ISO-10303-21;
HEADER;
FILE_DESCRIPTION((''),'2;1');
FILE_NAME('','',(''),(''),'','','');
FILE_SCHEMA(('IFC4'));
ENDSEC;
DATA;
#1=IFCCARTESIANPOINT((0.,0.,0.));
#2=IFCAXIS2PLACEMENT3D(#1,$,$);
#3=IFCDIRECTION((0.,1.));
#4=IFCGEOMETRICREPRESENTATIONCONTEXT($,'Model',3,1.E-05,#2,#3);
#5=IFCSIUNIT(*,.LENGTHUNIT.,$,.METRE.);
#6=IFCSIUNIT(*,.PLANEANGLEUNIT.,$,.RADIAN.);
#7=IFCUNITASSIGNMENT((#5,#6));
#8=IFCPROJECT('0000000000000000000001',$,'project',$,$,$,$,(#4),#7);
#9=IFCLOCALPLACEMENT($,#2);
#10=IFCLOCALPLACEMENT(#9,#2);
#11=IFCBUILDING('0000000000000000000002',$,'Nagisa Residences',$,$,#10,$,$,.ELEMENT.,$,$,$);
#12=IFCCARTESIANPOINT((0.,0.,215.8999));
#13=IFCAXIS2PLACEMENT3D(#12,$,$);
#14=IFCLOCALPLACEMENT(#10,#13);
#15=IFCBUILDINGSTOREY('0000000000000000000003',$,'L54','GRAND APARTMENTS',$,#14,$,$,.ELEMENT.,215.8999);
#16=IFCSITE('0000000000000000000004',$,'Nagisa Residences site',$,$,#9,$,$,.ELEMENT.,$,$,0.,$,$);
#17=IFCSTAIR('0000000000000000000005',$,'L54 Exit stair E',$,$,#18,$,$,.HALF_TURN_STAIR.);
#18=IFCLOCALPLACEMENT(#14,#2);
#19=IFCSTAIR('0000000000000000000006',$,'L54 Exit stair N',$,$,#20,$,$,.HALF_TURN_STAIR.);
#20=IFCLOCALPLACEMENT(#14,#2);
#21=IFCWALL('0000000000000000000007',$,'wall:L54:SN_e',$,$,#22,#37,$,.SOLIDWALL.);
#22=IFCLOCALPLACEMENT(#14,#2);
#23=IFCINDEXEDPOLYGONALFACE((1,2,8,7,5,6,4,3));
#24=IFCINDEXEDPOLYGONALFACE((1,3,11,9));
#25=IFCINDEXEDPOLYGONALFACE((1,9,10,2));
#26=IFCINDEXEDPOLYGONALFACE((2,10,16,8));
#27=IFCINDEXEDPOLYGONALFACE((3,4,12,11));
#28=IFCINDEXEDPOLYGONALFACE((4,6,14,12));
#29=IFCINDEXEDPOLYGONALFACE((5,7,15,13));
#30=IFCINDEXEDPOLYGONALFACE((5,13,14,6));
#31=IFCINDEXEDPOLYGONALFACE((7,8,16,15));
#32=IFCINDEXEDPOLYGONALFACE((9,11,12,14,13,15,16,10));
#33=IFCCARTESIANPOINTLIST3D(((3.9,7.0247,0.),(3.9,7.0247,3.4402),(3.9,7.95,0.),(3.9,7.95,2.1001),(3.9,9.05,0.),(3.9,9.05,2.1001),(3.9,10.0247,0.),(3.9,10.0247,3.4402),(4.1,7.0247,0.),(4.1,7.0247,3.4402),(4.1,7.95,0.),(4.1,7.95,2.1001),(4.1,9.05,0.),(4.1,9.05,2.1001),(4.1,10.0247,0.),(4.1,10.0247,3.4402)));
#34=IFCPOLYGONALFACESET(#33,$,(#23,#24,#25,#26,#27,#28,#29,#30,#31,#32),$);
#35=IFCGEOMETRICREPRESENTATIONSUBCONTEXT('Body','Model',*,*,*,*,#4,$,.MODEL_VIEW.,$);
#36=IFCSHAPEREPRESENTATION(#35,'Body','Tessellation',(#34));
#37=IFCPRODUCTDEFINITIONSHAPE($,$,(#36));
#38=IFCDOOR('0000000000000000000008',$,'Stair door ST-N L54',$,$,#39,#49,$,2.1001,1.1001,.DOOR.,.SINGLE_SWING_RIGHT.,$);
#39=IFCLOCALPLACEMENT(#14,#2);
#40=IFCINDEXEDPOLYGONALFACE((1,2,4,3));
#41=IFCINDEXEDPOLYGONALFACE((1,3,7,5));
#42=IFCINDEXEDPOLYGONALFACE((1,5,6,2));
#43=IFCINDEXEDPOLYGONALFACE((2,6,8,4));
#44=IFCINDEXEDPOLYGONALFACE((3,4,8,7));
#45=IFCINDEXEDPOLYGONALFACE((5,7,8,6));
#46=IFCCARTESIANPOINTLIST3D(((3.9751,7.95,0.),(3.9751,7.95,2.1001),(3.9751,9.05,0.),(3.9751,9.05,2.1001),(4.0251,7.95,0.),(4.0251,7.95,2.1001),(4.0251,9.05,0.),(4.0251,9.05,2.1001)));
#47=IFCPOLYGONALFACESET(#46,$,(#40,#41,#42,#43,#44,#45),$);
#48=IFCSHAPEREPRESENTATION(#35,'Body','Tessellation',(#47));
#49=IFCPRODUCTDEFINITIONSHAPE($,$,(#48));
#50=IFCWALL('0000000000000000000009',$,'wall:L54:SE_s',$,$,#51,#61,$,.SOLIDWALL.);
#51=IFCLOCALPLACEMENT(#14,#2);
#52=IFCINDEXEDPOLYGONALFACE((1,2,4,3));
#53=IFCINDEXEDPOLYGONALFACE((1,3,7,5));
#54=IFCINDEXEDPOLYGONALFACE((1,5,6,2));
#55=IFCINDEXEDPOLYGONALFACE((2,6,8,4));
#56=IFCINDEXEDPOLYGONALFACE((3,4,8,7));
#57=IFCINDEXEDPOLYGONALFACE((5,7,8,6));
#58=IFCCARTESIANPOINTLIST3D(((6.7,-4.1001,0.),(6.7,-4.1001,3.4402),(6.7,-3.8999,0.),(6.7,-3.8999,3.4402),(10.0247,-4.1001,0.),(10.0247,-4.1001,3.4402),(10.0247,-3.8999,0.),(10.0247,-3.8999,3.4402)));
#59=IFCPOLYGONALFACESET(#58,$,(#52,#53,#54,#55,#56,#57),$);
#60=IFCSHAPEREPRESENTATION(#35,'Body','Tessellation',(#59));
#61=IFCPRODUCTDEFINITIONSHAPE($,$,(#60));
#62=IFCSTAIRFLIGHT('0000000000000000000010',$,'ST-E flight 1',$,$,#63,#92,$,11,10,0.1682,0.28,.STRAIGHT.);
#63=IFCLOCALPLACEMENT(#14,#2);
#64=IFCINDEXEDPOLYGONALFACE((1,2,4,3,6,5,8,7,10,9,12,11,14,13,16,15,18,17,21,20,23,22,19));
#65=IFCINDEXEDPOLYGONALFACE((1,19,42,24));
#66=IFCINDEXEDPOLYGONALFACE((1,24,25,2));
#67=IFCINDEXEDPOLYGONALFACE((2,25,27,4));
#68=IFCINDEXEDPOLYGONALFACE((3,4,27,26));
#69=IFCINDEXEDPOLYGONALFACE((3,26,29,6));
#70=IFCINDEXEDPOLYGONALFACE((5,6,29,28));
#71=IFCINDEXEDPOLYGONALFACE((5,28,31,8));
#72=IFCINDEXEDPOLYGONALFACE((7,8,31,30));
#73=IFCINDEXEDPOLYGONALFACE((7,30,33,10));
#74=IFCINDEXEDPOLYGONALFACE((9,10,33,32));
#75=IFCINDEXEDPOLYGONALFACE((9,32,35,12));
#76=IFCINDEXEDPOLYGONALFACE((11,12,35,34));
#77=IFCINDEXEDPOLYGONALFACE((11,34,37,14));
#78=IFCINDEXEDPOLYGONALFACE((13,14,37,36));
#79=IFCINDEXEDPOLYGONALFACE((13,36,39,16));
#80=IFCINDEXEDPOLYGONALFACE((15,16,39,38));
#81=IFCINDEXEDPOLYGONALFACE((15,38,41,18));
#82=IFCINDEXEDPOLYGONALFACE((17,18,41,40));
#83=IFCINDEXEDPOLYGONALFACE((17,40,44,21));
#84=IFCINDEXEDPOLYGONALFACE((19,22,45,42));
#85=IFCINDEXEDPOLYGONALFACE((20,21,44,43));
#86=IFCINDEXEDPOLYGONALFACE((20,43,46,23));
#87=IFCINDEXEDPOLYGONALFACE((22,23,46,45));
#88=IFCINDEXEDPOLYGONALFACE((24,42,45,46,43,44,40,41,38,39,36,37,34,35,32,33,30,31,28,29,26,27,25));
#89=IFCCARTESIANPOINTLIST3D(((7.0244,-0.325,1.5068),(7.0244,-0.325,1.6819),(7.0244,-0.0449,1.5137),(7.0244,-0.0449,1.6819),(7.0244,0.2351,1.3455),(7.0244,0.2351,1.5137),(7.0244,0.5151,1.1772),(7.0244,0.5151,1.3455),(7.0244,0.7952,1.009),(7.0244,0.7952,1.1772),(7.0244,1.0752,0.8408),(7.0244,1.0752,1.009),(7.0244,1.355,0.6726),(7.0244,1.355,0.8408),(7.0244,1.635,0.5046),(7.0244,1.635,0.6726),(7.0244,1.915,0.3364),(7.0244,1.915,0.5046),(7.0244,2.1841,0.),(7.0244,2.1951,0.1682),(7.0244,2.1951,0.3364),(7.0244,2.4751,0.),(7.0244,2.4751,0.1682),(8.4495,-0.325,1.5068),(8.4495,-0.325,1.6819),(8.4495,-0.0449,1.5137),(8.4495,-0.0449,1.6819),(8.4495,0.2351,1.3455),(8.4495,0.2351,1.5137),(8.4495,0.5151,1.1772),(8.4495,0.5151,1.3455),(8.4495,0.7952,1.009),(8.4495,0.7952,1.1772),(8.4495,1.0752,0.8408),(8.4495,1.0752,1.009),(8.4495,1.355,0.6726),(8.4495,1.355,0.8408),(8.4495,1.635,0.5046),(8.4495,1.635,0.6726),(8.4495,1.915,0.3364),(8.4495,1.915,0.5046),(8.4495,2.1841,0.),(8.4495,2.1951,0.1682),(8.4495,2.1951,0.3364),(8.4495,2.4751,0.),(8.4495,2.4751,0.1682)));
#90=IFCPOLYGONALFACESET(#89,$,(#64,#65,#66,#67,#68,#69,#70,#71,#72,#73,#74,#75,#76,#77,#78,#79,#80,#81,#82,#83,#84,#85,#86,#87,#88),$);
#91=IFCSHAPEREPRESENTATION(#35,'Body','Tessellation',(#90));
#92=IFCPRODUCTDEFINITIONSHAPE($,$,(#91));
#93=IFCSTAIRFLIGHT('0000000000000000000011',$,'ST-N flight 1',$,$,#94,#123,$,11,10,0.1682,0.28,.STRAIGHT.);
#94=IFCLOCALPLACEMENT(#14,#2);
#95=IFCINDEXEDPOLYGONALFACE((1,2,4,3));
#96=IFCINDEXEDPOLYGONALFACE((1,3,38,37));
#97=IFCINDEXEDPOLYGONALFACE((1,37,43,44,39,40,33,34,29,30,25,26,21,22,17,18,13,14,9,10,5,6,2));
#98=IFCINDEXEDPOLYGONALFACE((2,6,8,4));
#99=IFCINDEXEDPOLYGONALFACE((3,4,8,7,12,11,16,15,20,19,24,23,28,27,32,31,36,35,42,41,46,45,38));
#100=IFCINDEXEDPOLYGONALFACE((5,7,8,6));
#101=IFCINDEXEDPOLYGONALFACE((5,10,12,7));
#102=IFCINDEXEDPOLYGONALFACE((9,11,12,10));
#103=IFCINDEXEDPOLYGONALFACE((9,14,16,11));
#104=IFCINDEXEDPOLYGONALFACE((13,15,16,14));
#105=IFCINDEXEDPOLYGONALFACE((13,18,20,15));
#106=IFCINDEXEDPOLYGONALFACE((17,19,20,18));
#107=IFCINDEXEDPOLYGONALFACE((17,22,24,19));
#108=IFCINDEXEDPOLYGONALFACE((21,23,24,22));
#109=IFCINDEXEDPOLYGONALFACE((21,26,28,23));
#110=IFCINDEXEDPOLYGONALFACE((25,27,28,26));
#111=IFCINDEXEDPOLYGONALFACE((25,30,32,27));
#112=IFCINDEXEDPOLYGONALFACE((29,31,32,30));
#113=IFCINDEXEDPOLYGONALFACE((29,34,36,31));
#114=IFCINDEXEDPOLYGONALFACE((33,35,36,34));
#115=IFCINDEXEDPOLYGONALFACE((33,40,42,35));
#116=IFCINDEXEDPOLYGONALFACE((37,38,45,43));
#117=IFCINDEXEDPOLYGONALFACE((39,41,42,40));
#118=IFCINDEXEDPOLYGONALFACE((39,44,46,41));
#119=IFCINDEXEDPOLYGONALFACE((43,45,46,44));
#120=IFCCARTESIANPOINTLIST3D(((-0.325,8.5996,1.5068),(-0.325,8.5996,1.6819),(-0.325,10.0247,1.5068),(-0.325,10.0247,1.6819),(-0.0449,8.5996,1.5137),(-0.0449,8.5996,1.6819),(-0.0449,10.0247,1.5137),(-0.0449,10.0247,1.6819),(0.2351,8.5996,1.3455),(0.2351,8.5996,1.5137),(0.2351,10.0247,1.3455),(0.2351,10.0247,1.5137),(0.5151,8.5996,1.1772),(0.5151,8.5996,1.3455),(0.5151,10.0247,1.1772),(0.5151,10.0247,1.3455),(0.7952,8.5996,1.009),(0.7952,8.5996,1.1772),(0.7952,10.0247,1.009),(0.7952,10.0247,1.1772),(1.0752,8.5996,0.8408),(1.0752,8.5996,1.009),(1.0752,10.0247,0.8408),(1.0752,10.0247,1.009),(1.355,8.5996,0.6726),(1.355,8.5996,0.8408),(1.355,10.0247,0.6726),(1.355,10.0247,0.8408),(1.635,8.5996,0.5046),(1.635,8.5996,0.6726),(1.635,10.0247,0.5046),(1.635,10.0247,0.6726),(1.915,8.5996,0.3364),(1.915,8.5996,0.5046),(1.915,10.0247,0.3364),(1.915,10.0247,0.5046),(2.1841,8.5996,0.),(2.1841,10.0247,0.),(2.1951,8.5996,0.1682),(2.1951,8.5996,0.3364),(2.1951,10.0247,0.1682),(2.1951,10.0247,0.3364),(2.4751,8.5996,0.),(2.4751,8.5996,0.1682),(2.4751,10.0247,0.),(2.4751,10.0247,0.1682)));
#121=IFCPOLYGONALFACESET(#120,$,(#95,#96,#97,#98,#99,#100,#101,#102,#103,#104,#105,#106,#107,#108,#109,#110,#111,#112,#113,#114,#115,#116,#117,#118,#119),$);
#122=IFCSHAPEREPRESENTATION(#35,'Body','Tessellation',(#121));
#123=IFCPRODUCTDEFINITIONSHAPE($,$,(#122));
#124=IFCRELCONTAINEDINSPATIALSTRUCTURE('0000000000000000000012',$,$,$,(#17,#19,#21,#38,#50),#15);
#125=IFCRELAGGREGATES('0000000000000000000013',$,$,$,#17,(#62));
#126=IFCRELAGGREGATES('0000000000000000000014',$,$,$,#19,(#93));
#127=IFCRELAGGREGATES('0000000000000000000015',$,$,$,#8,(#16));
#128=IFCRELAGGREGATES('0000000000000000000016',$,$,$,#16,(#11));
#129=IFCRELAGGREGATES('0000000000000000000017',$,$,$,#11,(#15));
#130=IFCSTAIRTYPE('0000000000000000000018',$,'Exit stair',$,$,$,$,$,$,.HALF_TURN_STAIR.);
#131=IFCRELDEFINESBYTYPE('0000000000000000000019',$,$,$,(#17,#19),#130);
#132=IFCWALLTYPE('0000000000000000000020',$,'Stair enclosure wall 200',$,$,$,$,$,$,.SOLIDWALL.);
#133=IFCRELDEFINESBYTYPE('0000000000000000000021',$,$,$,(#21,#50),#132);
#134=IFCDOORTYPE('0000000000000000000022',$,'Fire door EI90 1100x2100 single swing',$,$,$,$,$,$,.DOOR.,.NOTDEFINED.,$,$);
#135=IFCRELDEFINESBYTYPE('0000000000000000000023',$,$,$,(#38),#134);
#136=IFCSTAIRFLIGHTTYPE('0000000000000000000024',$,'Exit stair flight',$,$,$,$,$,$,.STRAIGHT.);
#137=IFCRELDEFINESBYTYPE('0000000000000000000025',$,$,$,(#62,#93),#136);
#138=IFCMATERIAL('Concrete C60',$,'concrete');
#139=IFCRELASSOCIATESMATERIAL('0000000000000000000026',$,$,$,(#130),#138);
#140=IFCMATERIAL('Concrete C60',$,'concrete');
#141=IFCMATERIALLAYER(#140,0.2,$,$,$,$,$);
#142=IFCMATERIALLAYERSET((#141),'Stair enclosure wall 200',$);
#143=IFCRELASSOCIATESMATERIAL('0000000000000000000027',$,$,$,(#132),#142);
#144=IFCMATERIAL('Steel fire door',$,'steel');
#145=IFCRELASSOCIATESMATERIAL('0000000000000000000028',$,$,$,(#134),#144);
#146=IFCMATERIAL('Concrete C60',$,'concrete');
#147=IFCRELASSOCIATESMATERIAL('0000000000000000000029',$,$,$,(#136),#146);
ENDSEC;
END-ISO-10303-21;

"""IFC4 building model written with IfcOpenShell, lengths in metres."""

from ifc_helpers import new_model, si_unit, direction, frame, frame_2d, origin, place, context, subcontext, project, spatial, polyline, rectangle, outline, extrude, material, layer, layer_set, type_object, element, fill, aggregate, save


model = new_model("IFC4")

# Units and contexts
model_context = context("Model", 3, precision=1e-05, world=origin(), true_north=direction((0.0, 1.0)))
body_context = subcontext(model_context, "Body", "Model", "MODEL_VIEW")
ifc_project = project(units=[si_unit("LENGTHUNIT", "METRE"), si_unit("PLANEANGLEUNIT", "RADIAN")], contexts=[model_context])

# Site, building, storey
site_placement = place(None, origin())
site = spatial("IfcSite", under=ifc_project, at=site_placement, Name="Nagisa Residences site", CompositionType="ELEMENT", RefElevation=0.0)
building_placement = place(site_placement, origin())
building = spatial("IfcBuilding", under=site, at=building_placement, Name="Nagisa Residences", CompositionType="ELEMENT")
storey_placement = place(building_placement, frame((0.0, 0.0, 215.8999)))
storey = spatial("IfcBuildingStorey", under=building, at=storey_placement, Name="L54", Description="GRAND APARTMENTS", CompositionType="ELEMENT", Elevation=215.8999)

# Stairs
ifc_material_1 = material(Name="Concrete C60", Category="concrete")
stair_type = type_object("IfcStairType", Name="Exit stair", PredefinedType="HALF_TURN_STAIR", material=ifc_material_1)
stair_1_placement = place(storey_placement, origin())
stair_1 = element("IfcStair", 1, at=stair_1_placement, inside=storey, type_object=stair_type, Name="L54 Exit stair E", PredefinedType="HALF_TURN_STAIR")
stair_2_placement = place(storey_placement, origin())
stair_2 = element("IfcStair", 2, at=stair_2_placement, inside=storey, type_object=stair_type, Name="L54 Exit stair N", PredefinedType="HALF_TURN_STAIR")

# Wall, opening, door
ifc_material_2 = material(Name="Concrete C60", Category="concrete")
ifc_layer_1 = layer(ifc_material_2, 0.2)
ifc_layer_set_1 = layer_set([ifc_layer_1], Name="Stair enclosure wall 200")
wall_type_1 = type_object("IfcWallType", Name="Stair enclosure wall 200", PredefinedType="SOLIDWALL", material=ifc_layer_set_1)
ifc_material_3 = material(Name="Steel fire door", Category="steel")
door_type_1 = type_object("IfcDoorType", Name="Fire door EI90 1100x2100 single swing", OperationType="NOTDEFINED", PredefinedType="DOOR", material=ifc_material_3)
wall_1_placement = place(storey_placement, frame((4.0, 7.0247, 0.0), z_axis=(0.0, 0.0, 1.0), x_axis=(0.0, 1.0, 0.0)))
wall_1 = element("IfcWall", 3, at=wall_1_placement, inside=storey, type_object=wall_type_1, Name="wall:L54:SN_e", PredefinedType="SOLIDWALL", context=body_context, shape_type="SweptSolid", body=[
    extrude(rectangle(XDim=3.0, YDim=0.2, at=frame_2d((1.5, 0.0))), origin(), (0.0, 0.0, 1.0), 3.4402),
])
opening_1_placement = place(wall_1_placement, frame((0.9253, 0.0, 0.0)))
opening_1 = element("IfcOpeningElement", 4, at=opening_1_placement, cuts=wall_1, PredefinedType="OPENING", context=body_context, shape_type="SweptSolid", body=[
    extrude(rectangle(XDim=1.1001, YDim=2.1001, at=frame_2d((0.55, 1.05))), frame((0.0, 0.1099, 0.0), z_axis=(0.0, -1.0, 0.0), x_axis=(1.0, 0.0, 0.0)), (0.0, 0.0, 1.0), 0.22),
])
door_1_placement = place(opening_1_placement, origin())
door_1 = element("IfcDoor", 5, at=door_1_placement, inside=storey, type_object=door_type_1, Name="Stair door ST-N L54", OperationType="SINGLE_SWING_RIGHT", OverallHeight=2.1001, OverallWidth=1.1001, PredefinedType="DOOR", context=body_context, shape_type="SweptSolid", body=[
    extrude(rectangle(XDim=1.1001, YDim=2.1001, at=frame_2d((0.55, 1.05))), frame((0.0, 0.0249, 0.0), z_axis=(0.0, -1.0, 0.0), x_axis=(1.0, 0.0, 0.0)), (0.0, 0.0, 1.0), 0.05),
])
fill(opening_1, door_1)

# Wall
wall_2_placement = place(storey_placement, origin())
element("IfcWall", 6, at=wall_2_placement, inside=storey, type_object=wall_type_1, Name="wall:L54:SE_s", PredefinedType="SOLIDWALL", context=body_context, shape_type="SweptSolid", body=[
    extrude(outline(polyline([(10.0247, -4.1001), (6.7, -4.1001), (6.7, -3.8999), (10.0247, -3.8999), (10.0247, -4.1001)])), origin(), (0.0, 0.0, 1.0), 3.4402),
])

# Stair flights
ifc_material_4 = material(Name="Concrete C60", Category="concrete")
stair_flight_type = type_object("IfcStairFlightType", Name="Exit stair flight", PredefinedType="STRAIGHT", material=ifc_material_4)
stair_flight_1_placement = place(storey_placement, frame((7.7371, 2.4751, 0.0), z_axis=(0.0, 0.0, 1.0), x_axis=(0.0, -1.0, 0.0)))
stair_flight_1 = element("IfcStairFlight", 7, at=stair_flight_1_placement, type_object=stair_flight_type, Name="ST-E flight 1", NumberOfRisers=11, NumberOfTreads=10, PredefinedType="STRAIGHT", RiserHeight=0.1682, TreadLength=0.28, context=body_context, shape_type="SweptSolid", body=[
    extrude(outline(polyline([(0.0, 0.0), (0.0, 0.1682), (0.28, 0.1682), (0.28, 0.3364), (0.5601, 0.3364), (0.5601, 0.5046), (0.8401, 0.5046), (0.8401, 0.6726), (1.1201, 0.6726), (1.1201, 0.8408), (1.3999, 0.8408), (1.3999, 1.009), (1.6799, 1.009), (1.6799, 1.1772), (1.96, 1.1772), (1.96, 1.3455), (2.24, 1.3455), (2.24, 1.5137), (2.52, 1.5137), (2.52, 1.6819), (2.8, 1.6819), (2.8, 1.8501), (2.8, 1.5068), (0.291, 0.0), (0.0, 0.0)])), frame((0.0, 0.7124, 0.0), z_axis=(0.0, -1.0, 0.0), x_axis=(1.0, 0.0, 0.0)), (0.0, 0.0, 1.0), 1.425),
])
aggregate(stair_1, [stair_flight_1])
stair_flight_2_placement = place(storey_placement, frame((2.4751, 9.312, 0.0), z_axis=(0.0, 0.0, 1.0), x_axis=(-1.0, 0.0, 0.0)))
stair_flight_2 = element("IfcStairFlight", 8, at=stair_flight_2_placement, type_object=stair_flight_type, Name="ST-N flight 1", NumberOfRisers=11, NumberOfTreads=10, PredefinedType="STRAIGHT", RiserHeight=0.1682, TreadLength=0.28, context=body_context, shape_type="SweptSolid", body=[
    extrude(outline(polyline([(0.0, 0.0), (0.0, 0.1682), (0.28, 0.1682), (0.28, 0.3364), (0.5601, 0.3364), (0.5601, 0.5046), (0.8401, 0.5046), (0.8401, 0.6726), (1.1201, 0.6726), (1.1201, 0.8408), (1.3999, 0.8408), (1.3999, 1.009), (1.6799, 1.009), (1.6799, 1.1772), (1.96, 1.1772), (1.96, 1.3455), (2.24, 1.3455), (2.24, 1.5137), (2.52, 1.5137), (2.52, 1.6819), (2.8, 1.6819), (2.8, 1.8501), (2.8, 1.5068), (0.291, 0.0), (0.0, 0.0)])), frame((0.0, 0.7124, 0.0), z_axis=(0.0, -1.0, 0.0), x_axis=(1.0, 0.0, 0.0)), (0.0, 0.0, 1.0), 1.425),
])
aggregate(stair_2, [stair_flight_2])

save(model, "model.ifc")
